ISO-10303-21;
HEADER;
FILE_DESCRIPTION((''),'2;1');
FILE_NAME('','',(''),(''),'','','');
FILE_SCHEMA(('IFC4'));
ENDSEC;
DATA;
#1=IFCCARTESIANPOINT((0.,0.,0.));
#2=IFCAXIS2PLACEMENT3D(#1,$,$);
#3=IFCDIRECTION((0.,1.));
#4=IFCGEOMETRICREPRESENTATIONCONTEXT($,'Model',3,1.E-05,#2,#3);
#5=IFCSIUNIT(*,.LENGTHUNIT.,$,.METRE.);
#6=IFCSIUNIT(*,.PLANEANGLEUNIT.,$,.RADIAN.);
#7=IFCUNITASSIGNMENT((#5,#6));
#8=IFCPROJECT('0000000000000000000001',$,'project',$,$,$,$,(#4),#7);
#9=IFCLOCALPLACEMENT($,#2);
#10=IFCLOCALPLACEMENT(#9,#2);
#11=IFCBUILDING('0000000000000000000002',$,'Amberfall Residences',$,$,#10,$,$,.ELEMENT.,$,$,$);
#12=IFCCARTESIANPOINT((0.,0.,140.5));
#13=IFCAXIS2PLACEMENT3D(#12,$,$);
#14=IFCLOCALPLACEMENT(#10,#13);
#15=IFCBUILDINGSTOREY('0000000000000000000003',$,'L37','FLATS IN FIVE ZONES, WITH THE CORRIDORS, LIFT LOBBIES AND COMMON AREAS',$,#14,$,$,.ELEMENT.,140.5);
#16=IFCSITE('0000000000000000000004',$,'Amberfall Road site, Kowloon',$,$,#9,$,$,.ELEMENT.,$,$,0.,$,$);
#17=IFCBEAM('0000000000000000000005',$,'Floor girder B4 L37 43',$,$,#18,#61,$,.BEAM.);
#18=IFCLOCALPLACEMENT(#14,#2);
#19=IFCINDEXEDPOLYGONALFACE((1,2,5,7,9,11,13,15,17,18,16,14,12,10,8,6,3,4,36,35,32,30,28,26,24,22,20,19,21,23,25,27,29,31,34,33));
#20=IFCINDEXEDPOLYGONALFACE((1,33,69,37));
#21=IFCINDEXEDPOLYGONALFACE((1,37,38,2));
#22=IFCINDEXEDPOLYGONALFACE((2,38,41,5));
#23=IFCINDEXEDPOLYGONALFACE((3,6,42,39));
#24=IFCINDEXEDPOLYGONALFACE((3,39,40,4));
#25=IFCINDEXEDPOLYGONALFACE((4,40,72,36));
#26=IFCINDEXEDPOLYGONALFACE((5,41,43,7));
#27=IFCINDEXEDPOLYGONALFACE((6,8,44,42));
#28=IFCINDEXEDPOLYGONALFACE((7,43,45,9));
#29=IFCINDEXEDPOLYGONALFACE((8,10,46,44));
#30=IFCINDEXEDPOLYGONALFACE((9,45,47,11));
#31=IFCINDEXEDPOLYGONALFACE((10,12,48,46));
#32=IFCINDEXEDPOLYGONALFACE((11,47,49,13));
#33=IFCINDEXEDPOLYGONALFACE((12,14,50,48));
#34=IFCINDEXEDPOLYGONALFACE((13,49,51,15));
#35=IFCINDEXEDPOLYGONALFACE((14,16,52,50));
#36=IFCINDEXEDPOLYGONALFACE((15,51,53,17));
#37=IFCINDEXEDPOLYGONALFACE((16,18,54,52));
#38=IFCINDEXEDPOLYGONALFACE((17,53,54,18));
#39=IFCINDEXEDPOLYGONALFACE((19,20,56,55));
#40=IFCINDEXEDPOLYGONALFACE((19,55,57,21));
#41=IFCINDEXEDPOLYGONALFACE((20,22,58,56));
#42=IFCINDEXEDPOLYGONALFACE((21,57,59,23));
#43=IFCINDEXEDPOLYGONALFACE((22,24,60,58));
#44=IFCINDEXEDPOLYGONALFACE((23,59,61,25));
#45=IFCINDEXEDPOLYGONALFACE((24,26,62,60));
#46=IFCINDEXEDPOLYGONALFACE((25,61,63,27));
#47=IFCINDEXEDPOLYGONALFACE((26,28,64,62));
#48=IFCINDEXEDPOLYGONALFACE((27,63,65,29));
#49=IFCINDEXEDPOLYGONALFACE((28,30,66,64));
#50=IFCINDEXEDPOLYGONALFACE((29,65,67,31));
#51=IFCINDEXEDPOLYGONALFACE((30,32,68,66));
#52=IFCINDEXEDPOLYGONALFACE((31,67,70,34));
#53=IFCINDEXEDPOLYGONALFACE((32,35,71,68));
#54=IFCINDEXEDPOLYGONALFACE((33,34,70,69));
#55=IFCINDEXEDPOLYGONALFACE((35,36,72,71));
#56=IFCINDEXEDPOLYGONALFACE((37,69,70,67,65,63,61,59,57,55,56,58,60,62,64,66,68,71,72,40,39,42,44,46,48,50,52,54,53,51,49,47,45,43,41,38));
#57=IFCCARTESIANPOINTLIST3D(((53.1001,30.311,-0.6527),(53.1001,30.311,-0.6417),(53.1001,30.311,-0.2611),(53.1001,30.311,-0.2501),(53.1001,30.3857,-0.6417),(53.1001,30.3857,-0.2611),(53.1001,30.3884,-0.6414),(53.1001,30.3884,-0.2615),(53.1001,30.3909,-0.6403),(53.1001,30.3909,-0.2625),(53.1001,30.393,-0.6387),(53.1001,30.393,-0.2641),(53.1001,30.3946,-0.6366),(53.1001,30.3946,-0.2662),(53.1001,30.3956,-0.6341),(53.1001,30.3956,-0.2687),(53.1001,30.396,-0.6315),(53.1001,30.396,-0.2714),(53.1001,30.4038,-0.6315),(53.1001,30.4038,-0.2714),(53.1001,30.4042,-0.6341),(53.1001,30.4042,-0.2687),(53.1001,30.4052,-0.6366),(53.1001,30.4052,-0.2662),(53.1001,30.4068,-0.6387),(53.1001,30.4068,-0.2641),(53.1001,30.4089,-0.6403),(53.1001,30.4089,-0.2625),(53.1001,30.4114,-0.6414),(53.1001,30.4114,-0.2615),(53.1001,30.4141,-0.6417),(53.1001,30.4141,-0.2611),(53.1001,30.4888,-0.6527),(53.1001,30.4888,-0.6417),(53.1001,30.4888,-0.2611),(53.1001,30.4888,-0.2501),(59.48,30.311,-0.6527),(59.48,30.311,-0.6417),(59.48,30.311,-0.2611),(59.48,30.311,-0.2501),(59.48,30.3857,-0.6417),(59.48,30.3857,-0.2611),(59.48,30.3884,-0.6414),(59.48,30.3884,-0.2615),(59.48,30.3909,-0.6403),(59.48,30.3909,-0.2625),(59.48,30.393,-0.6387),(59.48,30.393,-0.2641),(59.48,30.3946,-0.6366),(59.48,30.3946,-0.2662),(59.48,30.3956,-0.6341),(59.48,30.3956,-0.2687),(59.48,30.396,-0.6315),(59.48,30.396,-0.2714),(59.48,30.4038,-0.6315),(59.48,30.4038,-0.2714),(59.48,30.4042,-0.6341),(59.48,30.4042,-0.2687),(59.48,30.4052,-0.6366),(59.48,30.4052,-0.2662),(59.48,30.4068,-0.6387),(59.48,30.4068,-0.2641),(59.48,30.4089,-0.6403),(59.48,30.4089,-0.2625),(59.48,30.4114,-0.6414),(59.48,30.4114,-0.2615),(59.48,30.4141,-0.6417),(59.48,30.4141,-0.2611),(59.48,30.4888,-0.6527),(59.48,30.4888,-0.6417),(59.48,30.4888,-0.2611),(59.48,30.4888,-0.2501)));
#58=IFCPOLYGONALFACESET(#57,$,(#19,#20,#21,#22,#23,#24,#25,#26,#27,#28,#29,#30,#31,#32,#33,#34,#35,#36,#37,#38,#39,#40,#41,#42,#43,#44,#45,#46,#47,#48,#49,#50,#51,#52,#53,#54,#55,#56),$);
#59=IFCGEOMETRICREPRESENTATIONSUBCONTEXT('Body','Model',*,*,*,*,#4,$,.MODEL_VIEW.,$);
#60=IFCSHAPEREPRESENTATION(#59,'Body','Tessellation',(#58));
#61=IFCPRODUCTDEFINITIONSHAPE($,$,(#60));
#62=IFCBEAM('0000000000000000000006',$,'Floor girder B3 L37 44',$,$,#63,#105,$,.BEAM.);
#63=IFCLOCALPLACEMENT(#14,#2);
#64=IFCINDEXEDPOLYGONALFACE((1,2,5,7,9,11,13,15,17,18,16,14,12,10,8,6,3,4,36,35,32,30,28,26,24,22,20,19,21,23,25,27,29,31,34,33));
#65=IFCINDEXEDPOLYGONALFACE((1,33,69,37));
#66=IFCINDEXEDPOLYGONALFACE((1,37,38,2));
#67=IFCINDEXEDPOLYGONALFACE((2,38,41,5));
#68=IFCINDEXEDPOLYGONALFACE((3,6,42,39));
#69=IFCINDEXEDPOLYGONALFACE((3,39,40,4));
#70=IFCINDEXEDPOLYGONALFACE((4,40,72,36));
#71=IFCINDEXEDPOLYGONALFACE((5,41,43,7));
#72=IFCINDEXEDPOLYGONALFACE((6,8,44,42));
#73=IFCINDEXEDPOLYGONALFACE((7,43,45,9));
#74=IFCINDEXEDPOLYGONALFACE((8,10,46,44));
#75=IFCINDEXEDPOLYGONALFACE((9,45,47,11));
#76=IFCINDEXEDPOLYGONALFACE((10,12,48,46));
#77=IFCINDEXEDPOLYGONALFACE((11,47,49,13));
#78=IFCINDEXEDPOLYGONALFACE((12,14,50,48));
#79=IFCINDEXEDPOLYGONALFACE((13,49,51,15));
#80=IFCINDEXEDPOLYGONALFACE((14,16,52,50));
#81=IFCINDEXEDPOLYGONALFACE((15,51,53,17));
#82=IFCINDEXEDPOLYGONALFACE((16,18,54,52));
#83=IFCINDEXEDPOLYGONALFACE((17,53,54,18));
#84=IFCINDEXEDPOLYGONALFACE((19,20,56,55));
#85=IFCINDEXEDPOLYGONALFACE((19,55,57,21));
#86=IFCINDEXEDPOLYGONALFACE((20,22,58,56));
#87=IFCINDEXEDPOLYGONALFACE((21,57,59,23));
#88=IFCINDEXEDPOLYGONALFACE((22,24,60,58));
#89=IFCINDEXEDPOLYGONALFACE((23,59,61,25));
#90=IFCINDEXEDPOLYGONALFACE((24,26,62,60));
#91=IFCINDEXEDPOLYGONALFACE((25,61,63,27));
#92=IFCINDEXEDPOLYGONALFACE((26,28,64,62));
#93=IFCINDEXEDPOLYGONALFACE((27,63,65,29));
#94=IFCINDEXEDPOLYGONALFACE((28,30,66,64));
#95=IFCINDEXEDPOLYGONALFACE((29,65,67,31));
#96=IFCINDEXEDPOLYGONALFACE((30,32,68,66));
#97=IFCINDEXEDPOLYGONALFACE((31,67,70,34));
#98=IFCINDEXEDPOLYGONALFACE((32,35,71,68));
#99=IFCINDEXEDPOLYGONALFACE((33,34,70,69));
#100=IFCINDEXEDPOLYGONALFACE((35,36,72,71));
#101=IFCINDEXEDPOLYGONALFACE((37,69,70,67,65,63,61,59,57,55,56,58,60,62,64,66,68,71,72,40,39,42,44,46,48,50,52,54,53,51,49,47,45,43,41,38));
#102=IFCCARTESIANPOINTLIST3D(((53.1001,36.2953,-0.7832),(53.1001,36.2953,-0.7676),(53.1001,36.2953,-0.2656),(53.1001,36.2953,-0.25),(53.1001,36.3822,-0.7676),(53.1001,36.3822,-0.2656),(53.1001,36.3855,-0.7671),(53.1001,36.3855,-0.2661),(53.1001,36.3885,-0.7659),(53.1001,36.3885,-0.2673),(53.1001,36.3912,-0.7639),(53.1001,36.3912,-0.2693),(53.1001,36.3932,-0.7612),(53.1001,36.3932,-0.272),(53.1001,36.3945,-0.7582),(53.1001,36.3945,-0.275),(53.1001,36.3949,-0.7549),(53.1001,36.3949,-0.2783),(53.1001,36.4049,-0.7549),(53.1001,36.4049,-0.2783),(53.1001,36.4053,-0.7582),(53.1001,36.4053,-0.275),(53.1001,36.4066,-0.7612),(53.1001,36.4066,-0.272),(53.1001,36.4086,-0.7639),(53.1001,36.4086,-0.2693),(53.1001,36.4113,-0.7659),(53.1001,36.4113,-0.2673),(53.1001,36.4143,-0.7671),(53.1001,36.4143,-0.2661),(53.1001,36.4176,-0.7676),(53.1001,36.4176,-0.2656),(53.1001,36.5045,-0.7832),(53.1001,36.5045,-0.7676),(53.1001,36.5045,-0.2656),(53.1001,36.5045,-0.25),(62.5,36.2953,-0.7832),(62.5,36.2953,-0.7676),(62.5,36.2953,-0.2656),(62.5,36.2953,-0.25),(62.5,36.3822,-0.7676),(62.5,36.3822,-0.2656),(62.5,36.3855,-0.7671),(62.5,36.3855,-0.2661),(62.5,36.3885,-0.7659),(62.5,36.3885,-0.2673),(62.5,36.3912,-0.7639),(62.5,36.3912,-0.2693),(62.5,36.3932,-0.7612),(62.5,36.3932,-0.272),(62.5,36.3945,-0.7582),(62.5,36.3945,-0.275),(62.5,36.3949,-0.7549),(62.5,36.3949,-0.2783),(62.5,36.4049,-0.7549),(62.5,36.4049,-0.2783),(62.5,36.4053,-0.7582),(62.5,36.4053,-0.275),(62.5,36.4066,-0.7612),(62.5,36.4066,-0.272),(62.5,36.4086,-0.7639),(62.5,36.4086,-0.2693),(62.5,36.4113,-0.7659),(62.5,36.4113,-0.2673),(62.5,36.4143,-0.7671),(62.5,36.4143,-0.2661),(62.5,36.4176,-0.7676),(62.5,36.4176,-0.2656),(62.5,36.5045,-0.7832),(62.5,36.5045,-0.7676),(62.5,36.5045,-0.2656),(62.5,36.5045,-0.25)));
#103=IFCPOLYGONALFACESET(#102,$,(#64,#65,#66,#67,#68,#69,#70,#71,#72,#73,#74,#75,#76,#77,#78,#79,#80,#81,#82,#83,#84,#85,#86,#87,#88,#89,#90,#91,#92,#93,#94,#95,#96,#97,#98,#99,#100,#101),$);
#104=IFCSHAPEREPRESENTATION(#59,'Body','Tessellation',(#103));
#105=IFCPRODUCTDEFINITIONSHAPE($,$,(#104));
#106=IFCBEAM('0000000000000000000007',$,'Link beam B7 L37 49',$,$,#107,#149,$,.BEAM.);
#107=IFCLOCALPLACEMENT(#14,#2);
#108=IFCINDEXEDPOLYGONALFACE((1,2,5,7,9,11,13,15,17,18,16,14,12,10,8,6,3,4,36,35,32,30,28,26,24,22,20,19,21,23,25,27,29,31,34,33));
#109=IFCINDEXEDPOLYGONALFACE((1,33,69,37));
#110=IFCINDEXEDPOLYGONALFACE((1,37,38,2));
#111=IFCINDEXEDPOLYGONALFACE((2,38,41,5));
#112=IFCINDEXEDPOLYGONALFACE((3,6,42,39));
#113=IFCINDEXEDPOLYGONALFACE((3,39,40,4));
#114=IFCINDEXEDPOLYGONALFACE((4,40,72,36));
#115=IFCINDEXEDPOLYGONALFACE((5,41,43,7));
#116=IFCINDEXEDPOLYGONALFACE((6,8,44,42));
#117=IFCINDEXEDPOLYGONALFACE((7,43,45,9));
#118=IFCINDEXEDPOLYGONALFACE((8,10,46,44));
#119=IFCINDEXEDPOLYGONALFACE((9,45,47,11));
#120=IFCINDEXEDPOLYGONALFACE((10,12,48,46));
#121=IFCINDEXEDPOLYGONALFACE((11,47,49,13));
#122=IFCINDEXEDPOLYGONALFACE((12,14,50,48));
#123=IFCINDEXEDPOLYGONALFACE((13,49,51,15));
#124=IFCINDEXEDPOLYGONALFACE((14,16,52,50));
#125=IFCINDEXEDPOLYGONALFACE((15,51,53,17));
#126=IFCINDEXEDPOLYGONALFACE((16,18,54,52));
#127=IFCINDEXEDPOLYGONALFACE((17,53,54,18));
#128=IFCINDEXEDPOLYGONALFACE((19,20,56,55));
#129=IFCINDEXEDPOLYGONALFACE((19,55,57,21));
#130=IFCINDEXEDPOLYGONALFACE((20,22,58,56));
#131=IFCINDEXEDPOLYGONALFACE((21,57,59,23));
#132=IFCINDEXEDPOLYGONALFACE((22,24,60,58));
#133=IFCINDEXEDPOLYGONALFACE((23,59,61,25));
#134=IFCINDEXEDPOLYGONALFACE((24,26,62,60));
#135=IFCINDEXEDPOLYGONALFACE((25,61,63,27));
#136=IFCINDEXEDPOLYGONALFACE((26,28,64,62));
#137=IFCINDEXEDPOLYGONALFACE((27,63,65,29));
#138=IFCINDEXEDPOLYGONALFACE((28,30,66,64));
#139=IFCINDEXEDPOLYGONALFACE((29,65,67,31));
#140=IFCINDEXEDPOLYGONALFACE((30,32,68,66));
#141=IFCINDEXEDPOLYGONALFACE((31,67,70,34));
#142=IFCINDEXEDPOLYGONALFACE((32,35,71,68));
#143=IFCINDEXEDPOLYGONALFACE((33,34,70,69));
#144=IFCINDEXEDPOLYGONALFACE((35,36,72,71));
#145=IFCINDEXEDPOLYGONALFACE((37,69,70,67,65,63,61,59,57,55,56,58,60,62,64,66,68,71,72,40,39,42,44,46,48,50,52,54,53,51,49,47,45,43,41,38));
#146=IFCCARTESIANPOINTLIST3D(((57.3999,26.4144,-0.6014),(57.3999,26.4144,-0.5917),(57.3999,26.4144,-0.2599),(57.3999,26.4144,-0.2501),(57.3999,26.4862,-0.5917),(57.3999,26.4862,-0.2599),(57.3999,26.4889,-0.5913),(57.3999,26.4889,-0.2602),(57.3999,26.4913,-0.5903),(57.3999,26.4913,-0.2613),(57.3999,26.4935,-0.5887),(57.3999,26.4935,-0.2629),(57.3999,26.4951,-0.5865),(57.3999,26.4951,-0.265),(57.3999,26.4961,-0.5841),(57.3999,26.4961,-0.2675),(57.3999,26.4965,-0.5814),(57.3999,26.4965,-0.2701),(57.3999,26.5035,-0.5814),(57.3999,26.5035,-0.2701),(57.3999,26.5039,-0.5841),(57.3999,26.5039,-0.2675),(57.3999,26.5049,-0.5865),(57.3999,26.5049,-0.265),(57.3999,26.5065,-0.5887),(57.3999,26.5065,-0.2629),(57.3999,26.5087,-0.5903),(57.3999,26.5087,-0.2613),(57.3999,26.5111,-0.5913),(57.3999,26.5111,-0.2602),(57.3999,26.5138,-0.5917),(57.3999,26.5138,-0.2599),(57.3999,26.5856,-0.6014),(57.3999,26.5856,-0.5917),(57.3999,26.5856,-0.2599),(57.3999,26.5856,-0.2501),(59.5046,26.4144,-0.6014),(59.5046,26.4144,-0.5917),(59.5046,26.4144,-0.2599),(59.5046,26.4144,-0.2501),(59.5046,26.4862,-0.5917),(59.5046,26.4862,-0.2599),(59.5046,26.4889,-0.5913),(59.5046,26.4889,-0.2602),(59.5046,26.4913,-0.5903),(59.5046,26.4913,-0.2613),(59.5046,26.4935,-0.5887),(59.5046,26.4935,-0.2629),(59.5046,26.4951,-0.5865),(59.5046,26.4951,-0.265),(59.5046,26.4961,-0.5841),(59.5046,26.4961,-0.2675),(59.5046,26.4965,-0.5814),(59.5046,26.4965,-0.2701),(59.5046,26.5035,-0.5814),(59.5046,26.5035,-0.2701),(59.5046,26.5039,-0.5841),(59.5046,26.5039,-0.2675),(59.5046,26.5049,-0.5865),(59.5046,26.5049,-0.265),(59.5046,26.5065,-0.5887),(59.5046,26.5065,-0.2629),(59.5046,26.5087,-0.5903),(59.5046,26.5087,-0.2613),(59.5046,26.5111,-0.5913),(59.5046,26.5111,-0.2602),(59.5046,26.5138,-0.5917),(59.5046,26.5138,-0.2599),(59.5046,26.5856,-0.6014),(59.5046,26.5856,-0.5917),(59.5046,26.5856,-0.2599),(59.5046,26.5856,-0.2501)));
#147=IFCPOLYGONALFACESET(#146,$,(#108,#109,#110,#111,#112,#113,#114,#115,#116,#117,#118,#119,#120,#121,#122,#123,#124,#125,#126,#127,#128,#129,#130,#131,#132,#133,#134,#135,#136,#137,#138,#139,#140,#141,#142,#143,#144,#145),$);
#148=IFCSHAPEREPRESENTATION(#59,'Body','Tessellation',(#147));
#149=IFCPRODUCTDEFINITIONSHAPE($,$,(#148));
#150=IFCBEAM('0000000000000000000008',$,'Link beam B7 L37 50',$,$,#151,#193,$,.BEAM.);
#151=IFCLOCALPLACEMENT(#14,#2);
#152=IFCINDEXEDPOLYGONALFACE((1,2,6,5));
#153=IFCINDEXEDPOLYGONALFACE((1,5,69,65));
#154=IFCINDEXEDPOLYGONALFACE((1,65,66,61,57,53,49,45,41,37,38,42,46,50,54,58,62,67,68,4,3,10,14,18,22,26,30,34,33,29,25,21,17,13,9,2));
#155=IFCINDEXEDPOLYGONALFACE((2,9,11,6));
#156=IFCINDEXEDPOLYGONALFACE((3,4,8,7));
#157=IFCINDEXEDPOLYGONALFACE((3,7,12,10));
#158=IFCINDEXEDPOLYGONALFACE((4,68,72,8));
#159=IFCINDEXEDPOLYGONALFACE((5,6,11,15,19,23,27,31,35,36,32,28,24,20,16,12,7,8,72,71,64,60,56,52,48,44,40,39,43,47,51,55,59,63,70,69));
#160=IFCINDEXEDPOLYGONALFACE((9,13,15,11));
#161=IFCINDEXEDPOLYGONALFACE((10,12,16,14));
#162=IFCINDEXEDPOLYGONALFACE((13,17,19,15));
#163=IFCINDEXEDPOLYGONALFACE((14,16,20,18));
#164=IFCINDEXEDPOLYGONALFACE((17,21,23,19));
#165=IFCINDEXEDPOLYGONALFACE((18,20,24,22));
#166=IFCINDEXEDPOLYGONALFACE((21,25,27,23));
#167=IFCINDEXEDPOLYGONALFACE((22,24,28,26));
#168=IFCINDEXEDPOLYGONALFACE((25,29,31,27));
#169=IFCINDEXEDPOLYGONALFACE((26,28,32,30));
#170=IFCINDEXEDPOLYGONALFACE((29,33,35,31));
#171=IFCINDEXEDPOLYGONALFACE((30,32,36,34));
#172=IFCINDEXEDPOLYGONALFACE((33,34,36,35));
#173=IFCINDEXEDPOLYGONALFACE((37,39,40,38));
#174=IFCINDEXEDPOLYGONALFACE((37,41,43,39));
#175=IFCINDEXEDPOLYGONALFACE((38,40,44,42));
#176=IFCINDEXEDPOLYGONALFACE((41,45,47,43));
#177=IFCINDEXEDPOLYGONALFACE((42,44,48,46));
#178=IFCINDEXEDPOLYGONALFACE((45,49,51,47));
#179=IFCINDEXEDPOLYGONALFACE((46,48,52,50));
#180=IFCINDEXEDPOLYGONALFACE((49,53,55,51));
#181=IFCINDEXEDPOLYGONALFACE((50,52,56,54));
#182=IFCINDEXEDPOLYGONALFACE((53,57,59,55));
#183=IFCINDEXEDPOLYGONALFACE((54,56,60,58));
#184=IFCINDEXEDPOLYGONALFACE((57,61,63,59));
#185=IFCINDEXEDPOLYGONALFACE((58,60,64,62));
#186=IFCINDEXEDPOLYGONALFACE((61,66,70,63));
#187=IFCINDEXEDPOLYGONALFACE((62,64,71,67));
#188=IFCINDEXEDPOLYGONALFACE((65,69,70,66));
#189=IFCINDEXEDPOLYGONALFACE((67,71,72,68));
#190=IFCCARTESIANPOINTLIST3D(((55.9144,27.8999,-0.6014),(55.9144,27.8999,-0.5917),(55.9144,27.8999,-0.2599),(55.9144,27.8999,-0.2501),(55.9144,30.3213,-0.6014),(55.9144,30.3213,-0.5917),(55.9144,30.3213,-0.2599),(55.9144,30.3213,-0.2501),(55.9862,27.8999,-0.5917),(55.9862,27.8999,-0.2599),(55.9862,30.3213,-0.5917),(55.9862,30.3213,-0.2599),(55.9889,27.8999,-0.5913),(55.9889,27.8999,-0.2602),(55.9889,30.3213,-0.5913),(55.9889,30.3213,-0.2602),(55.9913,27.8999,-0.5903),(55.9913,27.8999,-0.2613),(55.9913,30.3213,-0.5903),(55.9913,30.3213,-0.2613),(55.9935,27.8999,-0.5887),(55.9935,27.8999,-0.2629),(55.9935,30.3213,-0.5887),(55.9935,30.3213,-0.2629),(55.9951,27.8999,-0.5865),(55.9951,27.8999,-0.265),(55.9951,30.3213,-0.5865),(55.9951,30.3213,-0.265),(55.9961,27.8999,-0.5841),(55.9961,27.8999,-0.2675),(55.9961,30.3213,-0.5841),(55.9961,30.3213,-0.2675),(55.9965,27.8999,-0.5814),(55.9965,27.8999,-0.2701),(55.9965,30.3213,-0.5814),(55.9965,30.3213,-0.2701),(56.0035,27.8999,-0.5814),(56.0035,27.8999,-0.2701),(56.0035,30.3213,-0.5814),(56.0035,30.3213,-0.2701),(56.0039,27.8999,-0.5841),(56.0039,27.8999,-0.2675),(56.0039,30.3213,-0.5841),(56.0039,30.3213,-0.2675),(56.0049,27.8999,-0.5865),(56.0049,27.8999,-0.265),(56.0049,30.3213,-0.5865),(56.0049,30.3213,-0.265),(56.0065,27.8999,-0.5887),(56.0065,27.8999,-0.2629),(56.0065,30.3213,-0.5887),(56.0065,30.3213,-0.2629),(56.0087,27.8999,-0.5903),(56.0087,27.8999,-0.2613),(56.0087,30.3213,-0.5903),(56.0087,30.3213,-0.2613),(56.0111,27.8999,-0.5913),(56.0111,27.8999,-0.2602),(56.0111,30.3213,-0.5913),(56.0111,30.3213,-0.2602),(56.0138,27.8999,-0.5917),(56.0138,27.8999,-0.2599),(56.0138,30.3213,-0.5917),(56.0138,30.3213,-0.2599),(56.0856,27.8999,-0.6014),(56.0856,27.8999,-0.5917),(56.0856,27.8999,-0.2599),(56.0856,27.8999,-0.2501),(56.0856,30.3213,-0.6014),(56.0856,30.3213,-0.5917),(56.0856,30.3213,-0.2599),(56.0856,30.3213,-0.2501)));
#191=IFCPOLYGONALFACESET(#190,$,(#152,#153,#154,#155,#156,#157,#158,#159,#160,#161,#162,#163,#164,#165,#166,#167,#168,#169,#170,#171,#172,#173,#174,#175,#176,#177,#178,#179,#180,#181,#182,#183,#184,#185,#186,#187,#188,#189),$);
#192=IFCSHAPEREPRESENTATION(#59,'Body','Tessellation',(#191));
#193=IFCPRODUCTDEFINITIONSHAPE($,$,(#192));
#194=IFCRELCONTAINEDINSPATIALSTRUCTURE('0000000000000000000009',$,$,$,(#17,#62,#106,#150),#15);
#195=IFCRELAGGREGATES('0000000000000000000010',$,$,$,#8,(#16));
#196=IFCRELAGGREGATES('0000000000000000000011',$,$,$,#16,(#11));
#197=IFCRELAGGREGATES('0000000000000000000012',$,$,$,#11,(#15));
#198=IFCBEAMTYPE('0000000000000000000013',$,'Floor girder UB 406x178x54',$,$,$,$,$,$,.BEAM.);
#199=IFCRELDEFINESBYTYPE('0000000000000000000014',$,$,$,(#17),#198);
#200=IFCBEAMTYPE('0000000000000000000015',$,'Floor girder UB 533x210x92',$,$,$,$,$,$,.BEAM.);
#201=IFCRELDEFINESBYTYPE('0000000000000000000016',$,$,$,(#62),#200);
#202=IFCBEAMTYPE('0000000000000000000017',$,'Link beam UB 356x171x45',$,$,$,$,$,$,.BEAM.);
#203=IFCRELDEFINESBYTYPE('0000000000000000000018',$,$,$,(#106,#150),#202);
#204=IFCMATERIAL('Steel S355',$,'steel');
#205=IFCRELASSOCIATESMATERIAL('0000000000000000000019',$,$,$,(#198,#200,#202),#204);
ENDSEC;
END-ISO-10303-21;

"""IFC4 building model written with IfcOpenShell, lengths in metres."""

from ifc_helpers import new_model, si_unit, direction, frame, origin, origin_2d, place, context, subcontext, project, spatial, i_section, extrude, material, material_profile, profile_set, type_object, element, save


model = new_model("IFC4")

# Units and contexts
model_context = context("Model", 3, precision=1e-05, world=origin(), true_north=direction((0.0, 1.0)))
body_context = subcontext(model_context, "Body", "Model", "MODEL_VIEW")
ifc_project = project(units=[si_unit("LENGTHUNIT", "METRE"), si_unit("PLANEANGLEUNIT", "RADIAN")], contexts=[model_context])

# Site, building, storey
site_placement = place(None, origin())
site = spatial("IfcSite", under=ifc_project, at=site_placement, Name="Amberfall Road site, Kowloon", CompositionType="ELEMENT", RefElevation=0.0)
building_placement = place(site_placement, origin())
building = spatial("IfcBuilding", under=site, at=building_placement, Name="Amberfall Residences", CompositionType="ELEMENT")
storey_placement = place(building_placement, frame((0.0, 0.0, 140.5)))
storey = spatial("IfcBuildingStorey", under=building, at=storey_placement, Name="L37", Description="FLATS IN FIVE ZONES, WITH THE CORRIDORS, LIFT LOBBIES AND COMMON AREAS", CompositionType="ELEMENT", Elevation=140.5)

# Beams
ifc_material_1 = material(Name="Steel S355", Category="steel")
ifc_material_profile_1 = material_profile(ifc_material_1, i_section(OverallWidth=0.1777, OverallDepth=0.4026, WebThickness=0.0078, FlangeThickness=0.011, FilletRadius=0.0103, at=origin_2d()), Name="UB 406x178x54")
ifc_profile_set_1 = profile_set([ifc_material_profile_1], Name="Steel S355")
beam_type_1 = type_object("IfcBeamType", Name="Floor girder UB 406x178x54", PredefinedType="BEAM", material=ifc_profile_set_1)
beam_1_placement = place(storey_placement, frame((53.1001, 30.3999, -0.4514), z_axis=(1.0, 0.0, 0.0), x_axis=(0.0, 1.0, 0.0)))
element("IfcBeam", 1, at=beam_1_placement, inside=storey, type_object=beam_type_1, Name="Floor girder B4 L37 43", PredefinedType="BEAM", context=body_context, shape_type="SweptSolid", body=[
    extrude(i_section(OverallWidth=0.1777, OverallDepth=0.4026, WebThickness=0.0078, FlangeThickness=0.011, FilletRadius=0.0103, at=origin_2d()), origin(), (0.0, 0.0, 1.0), 6.3799),
])
ifc_material_profile_2 = material_profile(ifc_material_1, i_section(OverallWidth=0.2092, OverallDepth=0.5332, WebThickness=0.01, FlangeThickness=0.0156, FilletRadius=0.0127, at=origin_2d()), Name="UB 533x210x92")
ifc_profile_set_2 = profile_set([ifc_material_profile_2], Name="Steel S355")
beam_type_2 = type_object("IfcBeamType", Name="Floor girder UB 533x210x92", PredefinedType="BEAM", material=ifc_profile_set_2)
beam_2_placement = place(storey_placement, frame((53.1001, 36.3999, -0.5166), z_axis=(1.0, 0.0, 0.0), x_axis=(0.0, 1.0, 0.0)))
element("IfcBeam", 2, at=beam_2_placement, inside=storey, type_object=beam_type_2, Name="Floor girder B3 L37 44", PredefinedType="BEAM", context=body_context, shape_type="SweptSolid", body=[
    extrude(i_section(OverallWidth=0.2092, OverallDepth=0.5332, WebThickness=0.01, FlangeThickness=0.0156, FilletRadius=0.0127, at=origin_2d()), origin(), (0.0, 0.0, 1.0), 9.3999),
])
ifc_material_profile_3 = material_profile(ifc_material_1, i_section(OverallWidth=0.1711, OverallDepth=0.3513, WebThickness=0.0071, FlangeThickness=0.0098, FilletRadius=0.0103, at=origin_2d()), Name="UB 356x171x45")
ifc_profile_set_3 = profile_set([ifc_material_profile_3], Name="Steel S355")
beam_type_3 = type_object("IfcBeamType", Name="Link beam UB 356x171x45", PredefinedType="BEAM", material=ifc_profile_set_3)
beam_3_placement = place(storey_placement, frame((57.3999, 26.5, -0.4258), z_axis=(1.0, 0.0, 0.0), x_axis=(0.0, 1.0, 0.0)))
element("IfcBeam", 3, at=beam_3_placement, inside=storey, type_object=beam_type_3, Name="Link beam B7 L37 49", PredefinedType="BEAM", context=body_context, shape_type="SweptSolid", body=[
    extrude(i_section(OverallWidth=0.1711, OverallDepth=0.3513, WebThickness=0.0071, FlangeThickness=0.0098, FilletRadius=0.0103, at=origin_2d()), origin(), (0.0, 0.0, 1.0), 2.1047),
])
beam_4_placement = place(storey_placement, frame((56.0, 27.8999, -0.4258), z_axis=(0.0, 1.0, 0.0), x_axis=(-1.0, 0.0, 0.0)))
element("IfcBeam", 4, at=beam_4_placement, inside=storey, type_object=beam_type_3, Name="Link beam B7 L37 50", PredefinedType="BEAM", context=body_context, shape_type="SweptSolid", body=[
    extrude(i_section(OverallWidth=0.1711, OverallDepth=0.3513, WebThickness=0.0071, FlangeThickness=0.0098, FilletRadius=0.0103, at=origin_2d()), origin(), (0.0, 0.0, 1.0), 2.4214),
])

save(model, "model.ifc")
